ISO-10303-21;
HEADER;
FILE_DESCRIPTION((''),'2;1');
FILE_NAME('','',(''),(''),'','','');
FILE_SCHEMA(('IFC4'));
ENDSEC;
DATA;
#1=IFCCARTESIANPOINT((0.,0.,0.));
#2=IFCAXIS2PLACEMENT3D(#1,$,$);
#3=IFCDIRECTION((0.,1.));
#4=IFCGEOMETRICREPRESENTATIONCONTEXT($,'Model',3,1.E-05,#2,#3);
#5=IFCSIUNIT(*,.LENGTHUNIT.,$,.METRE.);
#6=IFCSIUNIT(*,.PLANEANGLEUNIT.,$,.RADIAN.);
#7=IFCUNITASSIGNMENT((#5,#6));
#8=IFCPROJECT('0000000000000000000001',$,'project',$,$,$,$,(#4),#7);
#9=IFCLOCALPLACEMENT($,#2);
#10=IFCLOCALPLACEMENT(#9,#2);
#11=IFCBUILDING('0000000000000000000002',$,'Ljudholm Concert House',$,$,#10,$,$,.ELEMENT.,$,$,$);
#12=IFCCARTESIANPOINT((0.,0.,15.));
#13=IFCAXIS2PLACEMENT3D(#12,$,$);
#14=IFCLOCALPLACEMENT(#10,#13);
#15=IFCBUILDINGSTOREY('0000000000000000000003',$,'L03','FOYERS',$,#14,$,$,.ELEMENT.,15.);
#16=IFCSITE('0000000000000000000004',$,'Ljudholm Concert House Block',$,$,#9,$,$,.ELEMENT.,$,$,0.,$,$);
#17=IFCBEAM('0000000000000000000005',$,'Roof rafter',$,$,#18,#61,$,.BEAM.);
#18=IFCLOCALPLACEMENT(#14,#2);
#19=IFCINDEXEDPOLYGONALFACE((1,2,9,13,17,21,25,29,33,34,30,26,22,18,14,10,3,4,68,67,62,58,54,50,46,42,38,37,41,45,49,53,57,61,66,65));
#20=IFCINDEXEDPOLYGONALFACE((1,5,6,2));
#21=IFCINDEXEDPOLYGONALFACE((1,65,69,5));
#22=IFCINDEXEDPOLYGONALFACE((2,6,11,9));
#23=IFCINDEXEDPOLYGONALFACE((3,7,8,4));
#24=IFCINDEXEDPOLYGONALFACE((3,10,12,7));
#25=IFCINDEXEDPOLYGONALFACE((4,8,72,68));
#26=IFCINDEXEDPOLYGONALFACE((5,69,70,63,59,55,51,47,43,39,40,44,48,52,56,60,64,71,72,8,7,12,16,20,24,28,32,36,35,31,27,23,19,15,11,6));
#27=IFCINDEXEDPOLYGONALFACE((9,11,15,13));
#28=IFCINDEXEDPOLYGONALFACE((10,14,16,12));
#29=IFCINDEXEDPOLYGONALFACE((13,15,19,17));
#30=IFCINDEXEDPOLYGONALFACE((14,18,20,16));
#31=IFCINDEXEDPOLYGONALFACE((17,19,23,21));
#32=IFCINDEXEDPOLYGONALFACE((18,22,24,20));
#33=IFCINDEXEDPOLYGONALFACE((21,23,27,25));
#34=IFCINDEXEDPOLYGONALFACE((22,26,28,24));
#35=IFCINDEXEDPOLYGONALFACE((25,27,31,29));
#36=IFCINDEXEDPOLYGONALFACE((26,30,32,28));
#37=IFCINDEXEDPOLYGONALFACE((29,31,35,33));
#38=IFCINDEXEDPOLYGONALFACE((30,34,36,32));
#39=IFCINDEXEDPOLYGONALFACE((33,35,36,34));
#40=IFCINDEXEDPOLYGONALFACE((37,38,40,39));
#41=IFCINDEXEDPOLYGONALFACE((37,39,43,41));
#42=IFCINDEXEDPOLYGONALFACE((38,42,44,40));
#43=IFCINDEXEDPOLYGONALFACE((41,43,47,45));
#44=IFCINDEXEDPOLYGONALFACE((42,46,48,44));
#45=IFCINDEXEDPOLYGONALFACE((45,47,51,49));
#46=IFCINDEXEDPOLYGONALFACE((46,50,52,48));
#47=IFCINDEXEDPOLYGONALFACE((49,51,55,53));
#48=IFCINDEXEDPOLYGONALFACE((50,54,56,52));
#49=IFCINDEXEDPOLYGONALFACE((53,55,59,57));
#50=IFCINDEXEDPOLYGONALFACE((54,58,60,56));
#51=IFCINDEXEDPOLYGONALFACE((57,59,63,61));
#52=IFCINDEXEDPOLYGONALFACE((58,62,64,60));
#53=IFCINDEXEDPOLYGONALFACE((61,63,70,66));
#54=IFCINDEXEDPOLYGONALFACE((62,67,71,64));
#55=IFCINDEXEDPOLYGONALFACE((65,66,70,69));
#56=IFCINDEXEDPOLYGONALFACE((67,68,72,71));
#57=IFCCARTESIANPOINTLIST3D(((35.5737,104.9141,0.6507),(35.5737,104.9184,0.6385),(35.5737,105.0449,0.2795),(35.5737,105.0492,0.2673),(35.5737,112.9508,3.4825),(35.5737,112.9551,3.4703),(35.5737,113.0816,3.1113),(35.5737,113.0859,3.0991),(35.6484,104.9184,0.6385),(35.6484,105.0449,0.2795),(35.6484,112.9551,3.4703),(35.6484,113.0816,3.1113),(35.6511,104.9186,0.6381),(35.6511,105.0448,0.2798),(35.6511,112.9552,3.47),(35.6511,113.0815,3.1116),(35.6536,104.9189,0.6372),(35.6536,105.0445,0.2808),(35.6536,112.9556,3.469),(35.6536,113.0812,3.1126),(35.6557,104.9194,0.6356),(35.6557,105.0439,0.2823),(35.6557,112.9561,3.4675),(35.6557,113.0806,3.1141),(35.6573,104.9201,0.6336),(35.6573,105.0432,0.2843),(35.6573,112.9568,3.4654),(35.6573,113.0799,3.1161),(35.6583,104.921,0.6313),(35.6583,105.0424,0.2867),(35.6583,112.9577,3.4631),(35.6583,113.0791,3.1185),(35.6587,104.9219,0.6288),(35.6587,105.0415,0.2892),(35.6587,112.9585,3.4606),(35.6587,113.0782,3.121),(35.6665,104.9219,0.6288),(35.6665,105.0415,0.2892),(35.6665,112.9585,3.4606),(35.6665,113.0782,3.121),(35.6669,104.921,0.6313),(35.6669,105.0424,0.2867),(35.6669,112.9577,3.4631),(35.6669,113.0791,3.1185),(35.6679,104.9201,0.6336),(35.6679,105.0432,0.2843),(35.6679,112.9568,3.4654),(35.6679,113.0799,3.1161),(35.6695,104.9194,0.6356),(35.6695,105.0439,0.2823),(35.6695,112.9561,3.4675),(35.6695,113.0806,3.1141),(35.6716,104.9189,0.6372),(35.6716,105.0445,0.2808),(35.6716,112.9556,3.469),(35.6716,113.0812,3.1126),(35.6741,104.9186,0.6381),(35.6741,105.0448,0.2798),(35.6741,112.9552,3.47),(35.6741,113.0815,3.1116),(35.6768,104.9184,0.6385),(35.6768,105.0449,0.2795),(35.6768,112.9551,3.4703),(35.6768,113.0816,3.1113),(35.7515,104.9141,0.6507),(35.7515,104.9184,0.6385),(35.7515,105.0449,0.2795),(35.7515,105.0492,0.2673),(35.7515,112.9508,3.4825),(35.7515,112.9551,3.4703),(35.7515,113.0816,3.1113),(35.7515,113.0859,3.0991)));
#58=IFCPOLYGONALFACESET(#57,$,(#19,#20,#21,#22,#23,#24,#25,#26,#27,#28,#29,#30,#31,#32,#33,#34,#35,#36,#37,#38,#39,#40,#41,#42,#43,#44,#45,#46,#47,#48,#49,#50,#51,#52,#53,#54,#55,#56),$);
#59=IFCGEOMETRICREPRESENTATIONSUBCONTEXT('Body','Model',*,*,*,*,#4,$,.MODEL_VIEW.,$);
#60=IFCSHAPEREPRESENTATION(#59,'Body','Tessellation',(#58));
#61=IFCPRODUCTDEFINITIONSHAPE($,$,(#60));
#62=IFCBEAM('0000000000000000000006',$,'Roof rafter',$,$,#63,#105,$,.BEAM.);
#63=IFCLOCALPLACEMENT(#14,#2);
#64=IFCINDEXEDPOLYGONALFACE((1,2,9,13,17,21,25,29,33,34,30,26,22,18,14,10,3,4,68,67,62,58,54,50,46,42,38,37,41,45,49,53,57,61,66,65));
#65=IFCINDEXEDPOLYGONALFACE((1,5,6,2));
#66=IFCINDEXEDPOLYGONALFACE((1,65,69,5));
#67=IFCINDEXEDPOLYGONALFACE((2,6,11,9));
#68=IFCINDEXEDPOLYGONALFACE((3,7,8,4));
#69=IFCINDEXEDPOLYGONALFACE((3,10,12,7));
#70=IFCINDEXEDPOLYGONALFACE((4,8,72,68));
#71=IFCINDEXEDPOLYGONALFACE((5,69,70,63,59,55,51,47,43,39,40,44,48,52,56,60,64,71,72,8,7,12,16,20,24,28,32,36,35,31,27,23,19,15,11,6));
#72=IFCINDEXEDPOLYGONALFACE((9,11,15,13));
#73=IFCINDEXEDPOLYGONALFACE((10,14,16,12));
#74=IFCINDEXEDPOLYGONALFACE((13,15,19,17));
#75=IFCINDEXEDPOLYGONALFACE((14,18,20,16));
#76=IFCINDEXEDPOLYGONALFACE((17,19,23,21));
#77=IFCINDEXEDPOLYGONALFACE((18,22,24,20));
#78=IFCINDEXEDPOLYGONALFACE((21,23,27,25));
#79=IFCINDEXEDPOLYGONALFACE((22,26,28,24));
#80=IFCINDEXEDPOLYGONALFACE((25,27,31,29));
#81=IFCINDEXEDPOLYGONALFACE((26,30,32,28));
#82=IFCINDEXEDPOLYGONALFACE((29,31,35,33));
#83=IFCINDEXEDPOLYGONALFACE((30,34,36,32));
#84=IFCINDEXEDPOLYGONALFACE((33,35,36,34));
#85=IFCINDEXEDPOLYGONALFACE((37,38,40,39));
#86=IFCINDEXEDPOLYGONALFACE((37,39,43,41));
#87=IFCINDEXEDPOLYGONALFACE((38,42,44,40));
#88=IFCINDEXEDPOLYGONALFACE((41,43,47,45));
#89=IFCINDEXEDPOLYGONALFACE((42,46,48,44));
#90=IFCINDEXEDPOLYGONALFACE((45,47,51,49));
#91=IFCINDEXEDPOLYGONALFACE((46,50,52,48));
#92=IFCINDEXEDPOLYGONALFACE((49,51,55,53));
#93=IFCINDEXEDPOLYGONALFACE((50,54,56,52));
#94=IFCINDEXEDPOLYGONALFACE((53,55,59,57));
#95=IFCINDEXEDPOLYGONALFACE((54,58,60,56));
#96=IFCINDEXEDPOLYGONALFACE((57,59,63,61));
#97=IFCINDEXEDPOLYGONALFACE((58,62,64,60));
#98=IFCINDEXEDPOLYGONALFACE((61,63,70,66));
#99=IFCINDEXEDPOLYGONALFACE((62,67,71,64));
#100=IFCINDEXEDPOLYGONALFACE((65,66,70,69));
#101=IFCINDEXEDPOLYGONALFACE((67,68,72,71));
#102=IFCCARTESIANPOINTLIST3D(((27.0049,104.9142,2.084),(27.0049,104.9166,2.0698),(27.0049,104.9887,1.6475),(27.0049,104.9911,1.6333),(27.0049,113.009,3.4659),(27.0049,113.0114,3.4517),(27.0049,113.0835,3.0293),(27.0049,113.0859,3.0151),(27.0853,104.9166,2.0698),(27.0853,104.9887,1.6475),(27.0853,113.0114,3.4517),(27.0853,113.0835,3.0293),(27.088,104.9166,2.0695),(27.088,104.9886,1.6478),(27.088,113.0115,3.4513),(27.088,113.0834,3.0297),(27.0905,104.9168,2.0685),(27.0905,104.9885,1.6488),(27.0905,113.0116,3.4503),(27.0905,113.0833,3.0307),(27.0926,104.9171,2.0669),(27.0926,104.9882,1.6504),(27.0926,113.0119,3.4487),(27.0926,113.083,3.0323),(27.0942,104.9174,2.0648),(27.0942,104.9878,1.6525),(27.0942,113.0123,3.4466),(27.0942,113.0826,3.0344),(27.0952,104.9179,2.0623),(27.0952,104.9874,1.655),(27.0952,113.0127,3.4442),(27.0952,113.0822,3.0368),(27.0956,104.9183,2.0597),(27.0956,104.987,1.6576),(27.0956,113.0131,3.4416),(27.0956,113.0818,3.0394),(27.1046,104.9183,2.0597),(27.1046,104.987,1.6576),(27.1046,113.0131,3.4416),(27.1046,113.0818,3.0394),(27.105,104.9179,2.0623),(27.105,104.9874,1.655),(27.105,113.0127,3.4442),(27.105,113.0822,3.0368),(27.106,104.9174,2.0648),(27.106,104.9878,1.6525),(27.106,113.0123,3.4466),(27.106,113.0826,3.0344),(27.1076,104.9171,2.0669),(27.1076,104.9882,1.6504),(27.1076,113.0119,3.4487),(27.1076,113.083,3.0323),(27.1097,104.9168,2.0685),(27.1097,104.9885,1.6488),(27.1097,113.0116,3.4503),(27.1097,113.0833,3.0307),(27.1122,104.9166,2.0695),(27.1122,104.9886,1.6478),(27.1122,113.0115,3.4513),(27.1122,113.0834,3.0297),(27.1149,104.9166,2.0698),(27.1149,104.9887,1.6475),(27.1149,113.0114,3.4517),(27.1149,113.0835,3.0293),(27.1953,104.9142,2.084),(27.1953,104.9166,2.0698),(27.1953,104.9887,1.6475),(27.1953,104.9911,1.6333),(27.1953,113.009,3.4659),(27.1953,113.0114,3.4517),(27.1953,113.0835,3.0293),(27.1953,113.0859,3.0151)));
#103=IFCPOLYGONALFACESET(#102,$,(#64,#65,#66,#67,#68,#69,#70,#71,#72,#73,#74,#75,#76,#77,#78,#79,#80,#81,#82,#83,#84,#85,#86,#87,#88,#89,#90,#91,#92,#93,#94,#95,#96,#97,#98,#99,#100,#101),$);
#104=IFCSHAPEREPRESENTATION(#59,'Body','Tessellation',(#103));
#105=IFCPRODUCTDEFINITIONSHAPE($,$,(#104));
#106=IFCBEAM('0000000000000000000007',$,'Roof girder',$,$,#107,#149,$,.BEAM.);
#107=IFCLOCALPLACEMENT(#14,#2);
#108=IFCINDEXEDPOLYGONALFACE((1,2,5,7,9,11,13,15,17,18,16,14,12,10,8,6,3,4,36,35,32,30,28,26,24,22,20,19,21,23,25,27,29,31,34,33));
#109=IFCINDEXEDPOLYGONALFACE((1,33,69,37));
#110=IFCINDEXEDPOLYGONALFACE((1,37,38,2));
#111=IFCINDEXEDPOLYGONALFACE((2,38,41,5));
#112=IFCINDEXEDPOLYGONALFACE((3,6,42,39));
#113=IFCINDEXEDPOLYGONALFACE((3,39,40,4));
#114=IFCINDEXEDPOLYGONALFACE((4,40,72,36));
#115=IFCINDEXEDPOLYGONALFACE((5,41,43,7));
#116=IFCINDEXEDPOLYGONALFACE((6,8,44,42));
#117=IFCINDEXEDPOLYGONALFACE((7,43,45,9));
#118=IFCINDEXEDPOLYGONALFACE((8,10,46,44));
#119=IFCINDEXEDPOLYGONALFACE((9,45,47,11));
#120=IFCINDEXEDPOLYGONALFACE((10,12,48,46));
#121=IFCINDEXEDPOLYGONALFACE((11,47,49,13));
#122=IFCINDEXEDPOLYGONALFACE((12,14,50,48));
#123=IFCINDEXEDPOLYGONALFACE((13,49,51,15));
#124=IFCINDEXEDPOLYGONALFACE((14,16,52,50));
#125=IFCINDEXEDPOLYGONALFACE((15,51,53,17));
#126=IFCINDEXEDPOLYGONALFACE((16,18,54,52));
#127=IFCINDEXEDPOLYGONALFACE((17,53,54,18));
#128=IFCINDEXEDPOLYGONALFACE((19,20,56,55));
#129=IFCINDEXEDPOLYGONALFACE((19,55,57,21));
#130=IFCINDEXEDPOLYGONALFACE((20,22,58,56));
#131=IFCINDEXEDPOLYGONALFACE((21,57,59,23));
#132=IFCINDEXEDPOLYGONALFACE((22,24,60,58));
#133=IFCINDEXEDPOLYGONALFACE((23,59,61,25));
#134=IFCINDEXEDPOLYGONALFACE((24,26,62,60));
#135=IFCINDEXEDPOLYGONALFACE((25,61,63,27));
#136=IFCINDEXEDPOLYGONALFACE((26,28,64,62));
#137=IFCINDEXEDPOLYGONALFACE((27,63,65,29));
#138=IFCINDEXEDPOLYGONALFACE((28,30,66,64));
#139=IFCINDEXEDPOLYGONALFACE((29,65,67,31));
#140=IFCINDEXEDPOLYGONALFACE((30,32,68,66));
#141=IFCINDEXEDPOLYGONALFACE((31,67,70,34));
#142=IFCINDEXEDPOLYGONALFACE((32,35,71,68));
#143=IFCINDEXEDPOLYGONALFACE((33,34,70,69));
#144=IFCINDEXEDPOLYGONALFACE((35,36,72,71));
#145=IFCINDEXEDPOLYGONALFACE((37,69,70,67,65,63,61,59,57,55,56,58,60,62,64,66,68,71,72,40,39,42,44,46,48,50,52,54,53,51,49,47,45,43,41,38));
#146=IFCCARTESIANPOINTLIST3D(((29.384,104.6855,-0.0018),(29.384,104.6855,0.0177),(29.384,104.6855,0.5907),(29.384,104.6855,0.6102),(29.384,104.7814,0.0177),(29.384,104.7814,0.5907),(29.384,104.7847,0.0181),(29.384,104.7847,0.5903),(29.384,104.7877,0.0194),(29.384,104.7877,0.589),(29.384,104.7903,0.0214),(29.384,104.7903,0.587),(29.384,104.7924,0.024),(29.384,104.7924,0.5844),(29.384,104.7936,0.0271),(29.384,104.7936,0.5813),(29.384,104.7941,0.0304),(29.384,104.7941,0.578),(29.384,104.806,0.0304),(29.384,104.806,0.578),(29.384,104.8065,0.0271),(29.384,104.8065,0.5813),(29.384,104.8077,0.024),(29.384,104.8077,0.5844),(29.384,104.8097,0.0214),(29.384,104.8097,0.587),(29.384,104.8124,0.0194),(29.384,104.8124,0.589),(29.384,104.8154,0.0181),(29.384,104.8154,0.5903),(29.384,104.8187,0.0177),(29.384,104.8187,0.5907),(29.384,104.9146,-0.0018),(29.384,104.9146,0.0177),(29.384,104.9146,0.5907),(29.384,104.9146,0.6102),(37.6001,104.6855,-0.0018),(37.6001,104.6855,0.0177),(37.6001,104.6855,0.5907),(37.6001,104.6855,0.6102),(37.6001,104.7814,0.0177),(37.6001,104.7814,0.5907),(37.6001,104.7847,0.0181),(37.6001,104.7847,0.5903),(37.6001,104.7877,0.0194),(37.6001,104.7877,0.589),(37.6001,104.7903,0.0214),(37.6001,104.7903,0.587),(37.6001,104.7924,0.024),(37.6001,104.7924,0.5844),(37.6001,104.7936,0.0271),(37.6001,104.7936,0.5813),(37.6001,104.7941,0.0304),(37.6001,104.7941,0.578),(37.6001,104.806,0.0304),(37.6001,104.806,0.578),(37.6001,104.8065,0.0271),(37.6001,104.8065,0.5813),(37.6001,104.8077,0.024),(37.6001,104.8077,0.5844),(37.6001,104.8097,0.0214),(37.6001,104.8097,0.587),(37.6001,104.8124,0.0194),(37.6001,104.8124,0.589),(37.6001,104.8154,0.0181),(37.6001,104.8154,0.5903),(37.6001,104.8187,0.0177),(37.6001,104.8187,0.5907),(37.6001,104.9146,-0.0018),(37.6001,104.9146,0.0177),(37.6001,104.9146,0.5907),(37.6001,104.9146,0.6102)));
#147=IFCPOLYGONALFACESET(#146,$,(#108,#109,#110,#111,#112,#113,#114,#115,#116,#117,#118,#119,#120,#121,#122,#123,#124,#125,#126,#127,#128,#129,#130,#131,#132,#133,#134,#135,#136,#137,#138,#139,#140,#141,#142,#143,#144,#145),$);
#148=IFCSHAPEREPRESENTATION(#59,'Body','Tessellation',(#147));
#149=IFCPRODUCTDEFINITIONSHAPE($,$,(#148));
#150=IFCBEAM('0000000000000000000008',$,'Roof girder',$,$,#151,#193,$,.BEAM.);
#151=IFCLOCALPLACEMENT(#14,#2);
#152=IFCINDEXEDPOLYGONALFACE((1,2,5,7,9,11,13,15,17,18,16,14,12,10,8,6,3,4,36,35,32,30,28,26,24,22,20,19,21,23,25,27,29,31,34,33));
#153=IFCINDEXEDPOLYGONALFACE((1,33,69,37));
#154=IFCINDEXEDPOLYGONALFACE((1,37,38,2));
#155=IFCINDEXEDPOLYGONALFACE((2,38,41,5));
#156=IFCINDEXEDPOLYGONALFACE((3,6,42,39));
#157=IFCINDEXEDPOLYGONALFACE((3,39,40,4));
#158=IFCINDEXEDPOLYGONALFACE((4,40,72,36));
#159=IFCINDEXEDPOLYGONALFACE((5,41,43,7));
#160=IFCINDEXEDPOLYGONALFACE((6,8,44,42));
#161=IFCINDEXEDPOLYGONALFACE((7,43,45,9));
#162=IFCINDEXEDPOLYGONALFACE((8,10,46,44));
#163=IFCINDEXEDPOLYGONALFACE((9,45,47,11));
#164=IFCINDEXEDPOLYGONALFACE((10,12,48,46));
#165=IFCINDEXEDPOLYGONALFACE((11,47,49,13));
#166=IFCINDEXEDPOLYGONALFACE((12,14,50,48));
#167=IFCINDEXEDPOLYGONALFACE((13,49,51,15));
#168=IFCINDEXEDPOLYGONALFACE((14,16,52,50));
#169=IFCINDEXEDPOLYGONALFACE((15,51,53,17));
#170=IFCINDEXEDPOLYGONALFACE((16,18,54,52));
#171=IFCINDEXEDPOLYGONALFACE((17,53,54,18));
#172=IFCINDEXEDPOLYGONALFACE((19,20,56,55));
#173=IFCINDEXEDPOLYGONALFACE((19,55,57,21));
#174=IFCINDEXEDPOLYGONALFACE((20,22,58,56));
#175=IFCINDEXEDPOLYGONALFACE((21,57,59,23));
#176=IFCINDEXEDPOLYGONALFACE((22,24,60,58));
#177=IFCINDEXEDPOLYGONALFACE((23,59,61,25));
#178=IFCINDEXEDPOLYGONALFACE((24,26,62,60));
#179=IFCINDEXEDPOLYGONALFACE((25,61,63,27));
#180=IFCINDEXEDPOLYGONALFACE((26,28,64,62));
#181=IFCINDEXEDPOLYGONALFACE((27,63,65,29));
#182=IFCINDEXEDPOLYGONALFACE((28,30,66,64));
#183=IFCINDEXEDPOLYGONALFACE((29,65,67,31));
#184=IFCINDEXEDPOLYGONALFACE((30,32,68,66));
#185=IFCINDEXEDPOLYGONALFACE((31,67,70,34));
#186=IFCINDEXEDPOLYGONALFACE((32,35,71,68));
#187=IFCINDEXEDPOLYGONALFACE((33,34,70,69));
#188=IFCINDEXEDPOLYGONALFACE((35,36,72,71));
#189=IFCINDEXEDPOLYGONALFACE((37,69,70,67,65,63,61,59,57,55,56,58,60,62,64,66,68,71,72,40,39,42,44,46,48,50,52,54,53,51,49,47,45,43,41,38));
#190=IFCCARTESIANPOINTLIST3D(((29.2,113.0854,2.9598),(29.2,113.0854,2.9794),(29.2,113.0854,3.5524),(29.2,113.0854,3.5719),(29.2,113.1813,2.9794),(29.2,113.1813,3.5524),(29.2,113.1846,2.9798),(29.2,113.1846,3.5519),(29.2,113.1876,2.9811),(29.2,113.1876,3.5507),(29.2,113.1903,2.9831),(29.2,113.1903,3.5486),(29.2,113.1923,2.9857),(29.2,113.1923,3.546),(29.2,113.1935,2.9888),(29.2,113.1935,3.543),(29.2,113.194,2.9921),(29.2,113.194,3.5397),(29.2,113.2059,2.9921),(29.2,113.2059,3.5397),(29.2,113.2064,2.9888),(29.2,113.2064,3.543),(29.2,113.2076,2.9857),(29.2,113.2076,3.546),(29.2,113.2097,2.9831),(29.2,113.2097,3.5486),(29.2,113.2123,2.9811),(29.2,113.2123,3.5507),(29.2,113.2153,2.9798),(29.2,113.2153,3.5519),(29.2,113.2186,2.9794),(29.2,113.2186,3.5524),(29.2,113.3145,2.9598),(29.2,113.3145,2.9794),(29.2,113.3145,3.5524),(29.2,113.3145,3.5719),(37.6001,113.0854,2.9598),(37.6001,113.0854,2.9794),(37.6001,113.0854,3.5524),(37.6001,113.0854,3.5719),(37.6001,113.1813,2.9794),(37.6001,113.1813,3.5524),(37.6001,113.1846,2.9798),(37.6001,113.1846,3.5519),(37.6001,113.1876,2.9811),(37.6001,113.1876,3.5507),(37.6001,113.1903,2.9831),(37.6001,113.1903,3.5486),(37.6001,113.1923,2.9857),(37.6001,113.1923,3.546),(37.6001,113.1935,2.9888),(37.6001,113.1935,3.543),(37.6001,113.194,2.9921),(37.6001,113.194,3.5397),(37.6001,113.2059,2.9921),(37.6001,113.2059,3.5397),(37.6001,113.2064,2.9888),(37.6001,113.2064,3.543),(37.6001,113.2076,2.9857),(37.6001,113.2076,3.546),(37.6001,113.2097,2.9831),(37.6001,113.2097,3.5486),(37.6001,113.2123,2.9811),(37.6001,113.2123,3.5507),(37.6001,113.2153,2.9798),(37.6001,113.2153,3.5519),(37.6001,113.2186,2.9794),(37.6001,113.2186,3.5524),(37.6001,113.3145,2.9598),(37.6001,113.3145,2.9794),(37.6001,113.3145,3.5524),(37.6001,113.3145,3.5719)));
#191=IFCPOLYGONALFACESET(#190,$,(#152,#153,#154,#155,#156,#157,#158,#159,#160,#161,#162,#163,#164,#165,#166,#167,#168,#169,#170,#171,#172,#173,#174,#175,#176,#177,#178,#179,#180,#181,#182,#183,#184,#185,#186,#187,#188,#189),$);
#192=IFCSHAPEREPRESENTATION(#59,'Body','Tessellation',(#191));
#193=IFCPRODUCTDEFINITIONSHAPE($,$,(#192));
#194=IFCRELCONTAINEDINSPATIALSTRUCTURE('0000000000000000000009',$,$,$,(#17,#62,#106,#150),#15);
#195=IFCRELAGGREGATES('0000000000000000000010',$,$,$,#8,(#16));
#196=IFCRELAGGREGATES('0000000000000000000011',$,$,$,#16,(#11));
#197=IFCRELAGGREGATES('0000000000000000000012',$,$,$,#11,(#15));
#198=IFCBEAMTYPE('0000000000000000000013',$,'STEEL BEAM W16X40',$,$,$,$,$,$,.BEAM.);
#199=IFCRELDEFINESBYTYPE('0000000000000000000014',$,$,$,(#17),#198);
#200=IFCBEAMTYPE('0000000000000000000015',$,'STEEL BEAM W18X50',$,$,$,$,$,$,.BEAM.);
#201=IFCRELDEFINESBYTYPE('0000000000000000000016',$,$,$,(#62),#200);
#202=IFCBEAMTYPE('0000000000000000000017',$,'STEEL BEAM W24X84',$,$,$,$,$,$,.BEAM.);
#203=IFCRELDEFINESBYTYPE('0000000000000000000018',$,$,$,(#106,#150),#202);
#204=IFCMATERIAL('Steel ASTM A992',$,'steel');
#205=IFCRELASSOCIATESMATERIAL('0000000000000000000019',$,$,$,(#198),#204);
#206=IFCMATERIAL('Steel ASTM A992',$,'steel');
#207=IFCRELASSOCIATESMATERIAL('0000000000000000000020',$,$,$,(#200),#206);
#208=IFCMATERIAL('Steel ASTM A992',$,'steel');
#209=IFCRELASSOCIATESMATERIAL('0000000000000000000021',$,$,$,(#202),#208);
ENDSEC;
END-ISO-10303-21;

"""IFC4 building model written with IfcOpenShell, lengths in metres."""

from ifc_helpers import new_model, si_unit, direction, frame, origin, origin_2d, place, context, subcontext, project, spatial, i_section, extrude, material, material_profile, profile_set, type_object, element, save


model = new_model("IFC4")

# Units and contexts
model_context = context("Model", 3, precision=1e-05, world=origin(), true_north=direction((0.0, 1.0)))
body_context = subcontext(model_context, "Body", "Model", "MODEL_VIEW")
ifc_project = project(units=[si_unit("LENGTHUNIT", "METRE"), si_unit("PLANEANGLEUNIT", "RADIAN")], contexts=[model_context])

# Site, building, storey
site_placement = place(None, origin())
site = spatial("IfcSite", under=ifc_project, at=site_placement, Name="Ljudholm Concert House Block", CompositionType="ELEMENT", RefElevation=0.0)
building_placement = place(site_placement, origin())
building = spatial("IfcBuilding", under=site, at=building_placement, Name="Ljudholm Concert House", CompositionType="ELEMENT")
storey_placement = place(building_placement, frame((0.0, 0.0, 15.0)))
storey = spatial("IfcBuildingStorey", under=building, at=storey_placement, Name="L03", Description="FOYERS", CompositionType="ELEMENT", Elevation=15.0)

# Beams
ifc_material_1 = material(Name="Steel ASTM A992", Category="steel")
ifc_material_profile_1 = material_profile(ifc_material_1, i_section(OverallWidth=0.1777, OverallDepth=0.4065, WebThickness=0.0078, FlangeThickness=0.0129, FilletRadius=0.0103, at=origin_2d()), Name="W16X40")
ifc_profile_set_1 = profile_set([ifc_material_profile_1], Name="Steel ASTM A992")
beam_type_1 = type_object("IfcBeamType", Name="STEEL BEAM W16X40", PredefinedType="BEAM", material=ifc_profile_set_1)
for number, where, z_axis, x_axis, name in (
    (1, (35.6626, 104.9817, 0.459), (0.0, 0.943162, 0.332333), (-1.0, 0.0, 0.0), "Roof rafter"),
):
    element("IfcBeam", number, at=place(storey_placement, frame(where, z_axis=z_axis, x_axis=x_axis)), inside=storey, type_object=beam_type_1, Name=name, PredefinedType="BEAM", context=body_context, shape_type="SweptSolid", body=[
        extrude(i_section(OverallWidth=0.1777, OverallDepth=0.4065, WebThickness=0.0078, FlangeThickness=0.0129, FilletRadius=0.0103, at=origin_2d()), origin(), (0.0, 0.0, 1.0), 8.521),
    ])
ifc_material_2 = material(Name="Steel ASTM A992", Category="steel")
ifc_material_profile_2 = material_profile(ifc_material_2, i_section(OverallWidth=0.1904, OverallDepth=0.4573, WebThickness=0.009, FlangeThickness=0.0144, FilletRadius=0.0103, at=origin_2d()), Name="W18X50")
ifc_profile_set_2 = profile_set([ifc_material_profile_2], Name="Steel ASTM A992")
beam_type_2 = type_object("IfcBeamType", Name="STEEL BEAM W18X50", PredefinedType="BEAM", material=ifc_profile_set_2)
beam_1_placement = place(storey_placement, frame((27.1001, 104.9526, 1.8586), z_axis=(0.0, 0.98574, 0.168274), x_axis=(-1.0, 0.0, 0.0)))
element("IfcBeam", 2, at=beam_1_placement, inside=storey, type_object=beam_type_2, Name="Roof rafter", PredefinedType="BEAM", context=body_context, shape_type="SweptSolid", body=[
    extrude(i_section(OverallWidth=0.1904, OverallDepth=0.4573, WebThickness=0.009, FlangeThickness=0.0144, FilletRadius=0.0103, at=origin_2d()), origin(), (0.0, 0.0, 1.0), 8.2119),
])
ifc_material_3 = material(Name="Steel ASTM A992", Category="steel")
ifc_material_profile_3 = material_profile(ifc_material_3, i_section(OverallWidth=0.229, OverallDepth=0.6121, WebThickness=0.012, FlangeThickness=0.0195, FilletRadius=0.0127, at=origin_2d()), Name="W24X84")
ifc_profile_set_3 = profile_set([ifc_material_profile_3], Name="Steel ASTM A992")
beam_type_3 = type_object("IfcBeamType", Name="STEEL BEAM W24X84", PredefinedType="BEAM", material=ifc_profile_set_3)
beam_2_placement = place(storey_placement, frame((29.384, 104.8, 0.3042), z_axis=(1.0, 0.0, 0.0), x_axis=(0.0, 1.0, 0.0)))
element("IfcBeam", 3, at=beam_2_placement, inside=storey, type_object=beam_type_3, Name="Roof girder", PredefinedType="BEAM", context=body_context, shape_type="SweptSolid", body=[
    extrude(i_section(OverallWidth=0.229, OverallDepth=0.6121, WebThickness=0.012, FlangeThickness=0.0195, FilletRadius=0.0127, at=origin_2d()), origin(), (0.0, 0.0, 1.0), 8.2161),
])
beam_3_placement = place(storey_placement, frame((29.2, 113.2, 3.2659), z_axis=(1.0, 0.0, 0.0), x_axis=(0.0, 1.0, 0.0)))
element("IfcBeam", 4, at=beam_3_placement, inside=storey, type_object=beam_type_3, Name="Roof girder", PredefinedType="BEAM", context=body_context, shape_type="SweptSolid", body=[
    extrude(i_section(OverallWidth=0.229, OverallDepth=0.6121, WebThickness=0.012, FlangeThickness=0.0195, FilletRadius=0.0127, at=origin_2d()), origin(), (0.0, 0.0, 1.0), 8.4001),
])

save(model, "model.ifc")
